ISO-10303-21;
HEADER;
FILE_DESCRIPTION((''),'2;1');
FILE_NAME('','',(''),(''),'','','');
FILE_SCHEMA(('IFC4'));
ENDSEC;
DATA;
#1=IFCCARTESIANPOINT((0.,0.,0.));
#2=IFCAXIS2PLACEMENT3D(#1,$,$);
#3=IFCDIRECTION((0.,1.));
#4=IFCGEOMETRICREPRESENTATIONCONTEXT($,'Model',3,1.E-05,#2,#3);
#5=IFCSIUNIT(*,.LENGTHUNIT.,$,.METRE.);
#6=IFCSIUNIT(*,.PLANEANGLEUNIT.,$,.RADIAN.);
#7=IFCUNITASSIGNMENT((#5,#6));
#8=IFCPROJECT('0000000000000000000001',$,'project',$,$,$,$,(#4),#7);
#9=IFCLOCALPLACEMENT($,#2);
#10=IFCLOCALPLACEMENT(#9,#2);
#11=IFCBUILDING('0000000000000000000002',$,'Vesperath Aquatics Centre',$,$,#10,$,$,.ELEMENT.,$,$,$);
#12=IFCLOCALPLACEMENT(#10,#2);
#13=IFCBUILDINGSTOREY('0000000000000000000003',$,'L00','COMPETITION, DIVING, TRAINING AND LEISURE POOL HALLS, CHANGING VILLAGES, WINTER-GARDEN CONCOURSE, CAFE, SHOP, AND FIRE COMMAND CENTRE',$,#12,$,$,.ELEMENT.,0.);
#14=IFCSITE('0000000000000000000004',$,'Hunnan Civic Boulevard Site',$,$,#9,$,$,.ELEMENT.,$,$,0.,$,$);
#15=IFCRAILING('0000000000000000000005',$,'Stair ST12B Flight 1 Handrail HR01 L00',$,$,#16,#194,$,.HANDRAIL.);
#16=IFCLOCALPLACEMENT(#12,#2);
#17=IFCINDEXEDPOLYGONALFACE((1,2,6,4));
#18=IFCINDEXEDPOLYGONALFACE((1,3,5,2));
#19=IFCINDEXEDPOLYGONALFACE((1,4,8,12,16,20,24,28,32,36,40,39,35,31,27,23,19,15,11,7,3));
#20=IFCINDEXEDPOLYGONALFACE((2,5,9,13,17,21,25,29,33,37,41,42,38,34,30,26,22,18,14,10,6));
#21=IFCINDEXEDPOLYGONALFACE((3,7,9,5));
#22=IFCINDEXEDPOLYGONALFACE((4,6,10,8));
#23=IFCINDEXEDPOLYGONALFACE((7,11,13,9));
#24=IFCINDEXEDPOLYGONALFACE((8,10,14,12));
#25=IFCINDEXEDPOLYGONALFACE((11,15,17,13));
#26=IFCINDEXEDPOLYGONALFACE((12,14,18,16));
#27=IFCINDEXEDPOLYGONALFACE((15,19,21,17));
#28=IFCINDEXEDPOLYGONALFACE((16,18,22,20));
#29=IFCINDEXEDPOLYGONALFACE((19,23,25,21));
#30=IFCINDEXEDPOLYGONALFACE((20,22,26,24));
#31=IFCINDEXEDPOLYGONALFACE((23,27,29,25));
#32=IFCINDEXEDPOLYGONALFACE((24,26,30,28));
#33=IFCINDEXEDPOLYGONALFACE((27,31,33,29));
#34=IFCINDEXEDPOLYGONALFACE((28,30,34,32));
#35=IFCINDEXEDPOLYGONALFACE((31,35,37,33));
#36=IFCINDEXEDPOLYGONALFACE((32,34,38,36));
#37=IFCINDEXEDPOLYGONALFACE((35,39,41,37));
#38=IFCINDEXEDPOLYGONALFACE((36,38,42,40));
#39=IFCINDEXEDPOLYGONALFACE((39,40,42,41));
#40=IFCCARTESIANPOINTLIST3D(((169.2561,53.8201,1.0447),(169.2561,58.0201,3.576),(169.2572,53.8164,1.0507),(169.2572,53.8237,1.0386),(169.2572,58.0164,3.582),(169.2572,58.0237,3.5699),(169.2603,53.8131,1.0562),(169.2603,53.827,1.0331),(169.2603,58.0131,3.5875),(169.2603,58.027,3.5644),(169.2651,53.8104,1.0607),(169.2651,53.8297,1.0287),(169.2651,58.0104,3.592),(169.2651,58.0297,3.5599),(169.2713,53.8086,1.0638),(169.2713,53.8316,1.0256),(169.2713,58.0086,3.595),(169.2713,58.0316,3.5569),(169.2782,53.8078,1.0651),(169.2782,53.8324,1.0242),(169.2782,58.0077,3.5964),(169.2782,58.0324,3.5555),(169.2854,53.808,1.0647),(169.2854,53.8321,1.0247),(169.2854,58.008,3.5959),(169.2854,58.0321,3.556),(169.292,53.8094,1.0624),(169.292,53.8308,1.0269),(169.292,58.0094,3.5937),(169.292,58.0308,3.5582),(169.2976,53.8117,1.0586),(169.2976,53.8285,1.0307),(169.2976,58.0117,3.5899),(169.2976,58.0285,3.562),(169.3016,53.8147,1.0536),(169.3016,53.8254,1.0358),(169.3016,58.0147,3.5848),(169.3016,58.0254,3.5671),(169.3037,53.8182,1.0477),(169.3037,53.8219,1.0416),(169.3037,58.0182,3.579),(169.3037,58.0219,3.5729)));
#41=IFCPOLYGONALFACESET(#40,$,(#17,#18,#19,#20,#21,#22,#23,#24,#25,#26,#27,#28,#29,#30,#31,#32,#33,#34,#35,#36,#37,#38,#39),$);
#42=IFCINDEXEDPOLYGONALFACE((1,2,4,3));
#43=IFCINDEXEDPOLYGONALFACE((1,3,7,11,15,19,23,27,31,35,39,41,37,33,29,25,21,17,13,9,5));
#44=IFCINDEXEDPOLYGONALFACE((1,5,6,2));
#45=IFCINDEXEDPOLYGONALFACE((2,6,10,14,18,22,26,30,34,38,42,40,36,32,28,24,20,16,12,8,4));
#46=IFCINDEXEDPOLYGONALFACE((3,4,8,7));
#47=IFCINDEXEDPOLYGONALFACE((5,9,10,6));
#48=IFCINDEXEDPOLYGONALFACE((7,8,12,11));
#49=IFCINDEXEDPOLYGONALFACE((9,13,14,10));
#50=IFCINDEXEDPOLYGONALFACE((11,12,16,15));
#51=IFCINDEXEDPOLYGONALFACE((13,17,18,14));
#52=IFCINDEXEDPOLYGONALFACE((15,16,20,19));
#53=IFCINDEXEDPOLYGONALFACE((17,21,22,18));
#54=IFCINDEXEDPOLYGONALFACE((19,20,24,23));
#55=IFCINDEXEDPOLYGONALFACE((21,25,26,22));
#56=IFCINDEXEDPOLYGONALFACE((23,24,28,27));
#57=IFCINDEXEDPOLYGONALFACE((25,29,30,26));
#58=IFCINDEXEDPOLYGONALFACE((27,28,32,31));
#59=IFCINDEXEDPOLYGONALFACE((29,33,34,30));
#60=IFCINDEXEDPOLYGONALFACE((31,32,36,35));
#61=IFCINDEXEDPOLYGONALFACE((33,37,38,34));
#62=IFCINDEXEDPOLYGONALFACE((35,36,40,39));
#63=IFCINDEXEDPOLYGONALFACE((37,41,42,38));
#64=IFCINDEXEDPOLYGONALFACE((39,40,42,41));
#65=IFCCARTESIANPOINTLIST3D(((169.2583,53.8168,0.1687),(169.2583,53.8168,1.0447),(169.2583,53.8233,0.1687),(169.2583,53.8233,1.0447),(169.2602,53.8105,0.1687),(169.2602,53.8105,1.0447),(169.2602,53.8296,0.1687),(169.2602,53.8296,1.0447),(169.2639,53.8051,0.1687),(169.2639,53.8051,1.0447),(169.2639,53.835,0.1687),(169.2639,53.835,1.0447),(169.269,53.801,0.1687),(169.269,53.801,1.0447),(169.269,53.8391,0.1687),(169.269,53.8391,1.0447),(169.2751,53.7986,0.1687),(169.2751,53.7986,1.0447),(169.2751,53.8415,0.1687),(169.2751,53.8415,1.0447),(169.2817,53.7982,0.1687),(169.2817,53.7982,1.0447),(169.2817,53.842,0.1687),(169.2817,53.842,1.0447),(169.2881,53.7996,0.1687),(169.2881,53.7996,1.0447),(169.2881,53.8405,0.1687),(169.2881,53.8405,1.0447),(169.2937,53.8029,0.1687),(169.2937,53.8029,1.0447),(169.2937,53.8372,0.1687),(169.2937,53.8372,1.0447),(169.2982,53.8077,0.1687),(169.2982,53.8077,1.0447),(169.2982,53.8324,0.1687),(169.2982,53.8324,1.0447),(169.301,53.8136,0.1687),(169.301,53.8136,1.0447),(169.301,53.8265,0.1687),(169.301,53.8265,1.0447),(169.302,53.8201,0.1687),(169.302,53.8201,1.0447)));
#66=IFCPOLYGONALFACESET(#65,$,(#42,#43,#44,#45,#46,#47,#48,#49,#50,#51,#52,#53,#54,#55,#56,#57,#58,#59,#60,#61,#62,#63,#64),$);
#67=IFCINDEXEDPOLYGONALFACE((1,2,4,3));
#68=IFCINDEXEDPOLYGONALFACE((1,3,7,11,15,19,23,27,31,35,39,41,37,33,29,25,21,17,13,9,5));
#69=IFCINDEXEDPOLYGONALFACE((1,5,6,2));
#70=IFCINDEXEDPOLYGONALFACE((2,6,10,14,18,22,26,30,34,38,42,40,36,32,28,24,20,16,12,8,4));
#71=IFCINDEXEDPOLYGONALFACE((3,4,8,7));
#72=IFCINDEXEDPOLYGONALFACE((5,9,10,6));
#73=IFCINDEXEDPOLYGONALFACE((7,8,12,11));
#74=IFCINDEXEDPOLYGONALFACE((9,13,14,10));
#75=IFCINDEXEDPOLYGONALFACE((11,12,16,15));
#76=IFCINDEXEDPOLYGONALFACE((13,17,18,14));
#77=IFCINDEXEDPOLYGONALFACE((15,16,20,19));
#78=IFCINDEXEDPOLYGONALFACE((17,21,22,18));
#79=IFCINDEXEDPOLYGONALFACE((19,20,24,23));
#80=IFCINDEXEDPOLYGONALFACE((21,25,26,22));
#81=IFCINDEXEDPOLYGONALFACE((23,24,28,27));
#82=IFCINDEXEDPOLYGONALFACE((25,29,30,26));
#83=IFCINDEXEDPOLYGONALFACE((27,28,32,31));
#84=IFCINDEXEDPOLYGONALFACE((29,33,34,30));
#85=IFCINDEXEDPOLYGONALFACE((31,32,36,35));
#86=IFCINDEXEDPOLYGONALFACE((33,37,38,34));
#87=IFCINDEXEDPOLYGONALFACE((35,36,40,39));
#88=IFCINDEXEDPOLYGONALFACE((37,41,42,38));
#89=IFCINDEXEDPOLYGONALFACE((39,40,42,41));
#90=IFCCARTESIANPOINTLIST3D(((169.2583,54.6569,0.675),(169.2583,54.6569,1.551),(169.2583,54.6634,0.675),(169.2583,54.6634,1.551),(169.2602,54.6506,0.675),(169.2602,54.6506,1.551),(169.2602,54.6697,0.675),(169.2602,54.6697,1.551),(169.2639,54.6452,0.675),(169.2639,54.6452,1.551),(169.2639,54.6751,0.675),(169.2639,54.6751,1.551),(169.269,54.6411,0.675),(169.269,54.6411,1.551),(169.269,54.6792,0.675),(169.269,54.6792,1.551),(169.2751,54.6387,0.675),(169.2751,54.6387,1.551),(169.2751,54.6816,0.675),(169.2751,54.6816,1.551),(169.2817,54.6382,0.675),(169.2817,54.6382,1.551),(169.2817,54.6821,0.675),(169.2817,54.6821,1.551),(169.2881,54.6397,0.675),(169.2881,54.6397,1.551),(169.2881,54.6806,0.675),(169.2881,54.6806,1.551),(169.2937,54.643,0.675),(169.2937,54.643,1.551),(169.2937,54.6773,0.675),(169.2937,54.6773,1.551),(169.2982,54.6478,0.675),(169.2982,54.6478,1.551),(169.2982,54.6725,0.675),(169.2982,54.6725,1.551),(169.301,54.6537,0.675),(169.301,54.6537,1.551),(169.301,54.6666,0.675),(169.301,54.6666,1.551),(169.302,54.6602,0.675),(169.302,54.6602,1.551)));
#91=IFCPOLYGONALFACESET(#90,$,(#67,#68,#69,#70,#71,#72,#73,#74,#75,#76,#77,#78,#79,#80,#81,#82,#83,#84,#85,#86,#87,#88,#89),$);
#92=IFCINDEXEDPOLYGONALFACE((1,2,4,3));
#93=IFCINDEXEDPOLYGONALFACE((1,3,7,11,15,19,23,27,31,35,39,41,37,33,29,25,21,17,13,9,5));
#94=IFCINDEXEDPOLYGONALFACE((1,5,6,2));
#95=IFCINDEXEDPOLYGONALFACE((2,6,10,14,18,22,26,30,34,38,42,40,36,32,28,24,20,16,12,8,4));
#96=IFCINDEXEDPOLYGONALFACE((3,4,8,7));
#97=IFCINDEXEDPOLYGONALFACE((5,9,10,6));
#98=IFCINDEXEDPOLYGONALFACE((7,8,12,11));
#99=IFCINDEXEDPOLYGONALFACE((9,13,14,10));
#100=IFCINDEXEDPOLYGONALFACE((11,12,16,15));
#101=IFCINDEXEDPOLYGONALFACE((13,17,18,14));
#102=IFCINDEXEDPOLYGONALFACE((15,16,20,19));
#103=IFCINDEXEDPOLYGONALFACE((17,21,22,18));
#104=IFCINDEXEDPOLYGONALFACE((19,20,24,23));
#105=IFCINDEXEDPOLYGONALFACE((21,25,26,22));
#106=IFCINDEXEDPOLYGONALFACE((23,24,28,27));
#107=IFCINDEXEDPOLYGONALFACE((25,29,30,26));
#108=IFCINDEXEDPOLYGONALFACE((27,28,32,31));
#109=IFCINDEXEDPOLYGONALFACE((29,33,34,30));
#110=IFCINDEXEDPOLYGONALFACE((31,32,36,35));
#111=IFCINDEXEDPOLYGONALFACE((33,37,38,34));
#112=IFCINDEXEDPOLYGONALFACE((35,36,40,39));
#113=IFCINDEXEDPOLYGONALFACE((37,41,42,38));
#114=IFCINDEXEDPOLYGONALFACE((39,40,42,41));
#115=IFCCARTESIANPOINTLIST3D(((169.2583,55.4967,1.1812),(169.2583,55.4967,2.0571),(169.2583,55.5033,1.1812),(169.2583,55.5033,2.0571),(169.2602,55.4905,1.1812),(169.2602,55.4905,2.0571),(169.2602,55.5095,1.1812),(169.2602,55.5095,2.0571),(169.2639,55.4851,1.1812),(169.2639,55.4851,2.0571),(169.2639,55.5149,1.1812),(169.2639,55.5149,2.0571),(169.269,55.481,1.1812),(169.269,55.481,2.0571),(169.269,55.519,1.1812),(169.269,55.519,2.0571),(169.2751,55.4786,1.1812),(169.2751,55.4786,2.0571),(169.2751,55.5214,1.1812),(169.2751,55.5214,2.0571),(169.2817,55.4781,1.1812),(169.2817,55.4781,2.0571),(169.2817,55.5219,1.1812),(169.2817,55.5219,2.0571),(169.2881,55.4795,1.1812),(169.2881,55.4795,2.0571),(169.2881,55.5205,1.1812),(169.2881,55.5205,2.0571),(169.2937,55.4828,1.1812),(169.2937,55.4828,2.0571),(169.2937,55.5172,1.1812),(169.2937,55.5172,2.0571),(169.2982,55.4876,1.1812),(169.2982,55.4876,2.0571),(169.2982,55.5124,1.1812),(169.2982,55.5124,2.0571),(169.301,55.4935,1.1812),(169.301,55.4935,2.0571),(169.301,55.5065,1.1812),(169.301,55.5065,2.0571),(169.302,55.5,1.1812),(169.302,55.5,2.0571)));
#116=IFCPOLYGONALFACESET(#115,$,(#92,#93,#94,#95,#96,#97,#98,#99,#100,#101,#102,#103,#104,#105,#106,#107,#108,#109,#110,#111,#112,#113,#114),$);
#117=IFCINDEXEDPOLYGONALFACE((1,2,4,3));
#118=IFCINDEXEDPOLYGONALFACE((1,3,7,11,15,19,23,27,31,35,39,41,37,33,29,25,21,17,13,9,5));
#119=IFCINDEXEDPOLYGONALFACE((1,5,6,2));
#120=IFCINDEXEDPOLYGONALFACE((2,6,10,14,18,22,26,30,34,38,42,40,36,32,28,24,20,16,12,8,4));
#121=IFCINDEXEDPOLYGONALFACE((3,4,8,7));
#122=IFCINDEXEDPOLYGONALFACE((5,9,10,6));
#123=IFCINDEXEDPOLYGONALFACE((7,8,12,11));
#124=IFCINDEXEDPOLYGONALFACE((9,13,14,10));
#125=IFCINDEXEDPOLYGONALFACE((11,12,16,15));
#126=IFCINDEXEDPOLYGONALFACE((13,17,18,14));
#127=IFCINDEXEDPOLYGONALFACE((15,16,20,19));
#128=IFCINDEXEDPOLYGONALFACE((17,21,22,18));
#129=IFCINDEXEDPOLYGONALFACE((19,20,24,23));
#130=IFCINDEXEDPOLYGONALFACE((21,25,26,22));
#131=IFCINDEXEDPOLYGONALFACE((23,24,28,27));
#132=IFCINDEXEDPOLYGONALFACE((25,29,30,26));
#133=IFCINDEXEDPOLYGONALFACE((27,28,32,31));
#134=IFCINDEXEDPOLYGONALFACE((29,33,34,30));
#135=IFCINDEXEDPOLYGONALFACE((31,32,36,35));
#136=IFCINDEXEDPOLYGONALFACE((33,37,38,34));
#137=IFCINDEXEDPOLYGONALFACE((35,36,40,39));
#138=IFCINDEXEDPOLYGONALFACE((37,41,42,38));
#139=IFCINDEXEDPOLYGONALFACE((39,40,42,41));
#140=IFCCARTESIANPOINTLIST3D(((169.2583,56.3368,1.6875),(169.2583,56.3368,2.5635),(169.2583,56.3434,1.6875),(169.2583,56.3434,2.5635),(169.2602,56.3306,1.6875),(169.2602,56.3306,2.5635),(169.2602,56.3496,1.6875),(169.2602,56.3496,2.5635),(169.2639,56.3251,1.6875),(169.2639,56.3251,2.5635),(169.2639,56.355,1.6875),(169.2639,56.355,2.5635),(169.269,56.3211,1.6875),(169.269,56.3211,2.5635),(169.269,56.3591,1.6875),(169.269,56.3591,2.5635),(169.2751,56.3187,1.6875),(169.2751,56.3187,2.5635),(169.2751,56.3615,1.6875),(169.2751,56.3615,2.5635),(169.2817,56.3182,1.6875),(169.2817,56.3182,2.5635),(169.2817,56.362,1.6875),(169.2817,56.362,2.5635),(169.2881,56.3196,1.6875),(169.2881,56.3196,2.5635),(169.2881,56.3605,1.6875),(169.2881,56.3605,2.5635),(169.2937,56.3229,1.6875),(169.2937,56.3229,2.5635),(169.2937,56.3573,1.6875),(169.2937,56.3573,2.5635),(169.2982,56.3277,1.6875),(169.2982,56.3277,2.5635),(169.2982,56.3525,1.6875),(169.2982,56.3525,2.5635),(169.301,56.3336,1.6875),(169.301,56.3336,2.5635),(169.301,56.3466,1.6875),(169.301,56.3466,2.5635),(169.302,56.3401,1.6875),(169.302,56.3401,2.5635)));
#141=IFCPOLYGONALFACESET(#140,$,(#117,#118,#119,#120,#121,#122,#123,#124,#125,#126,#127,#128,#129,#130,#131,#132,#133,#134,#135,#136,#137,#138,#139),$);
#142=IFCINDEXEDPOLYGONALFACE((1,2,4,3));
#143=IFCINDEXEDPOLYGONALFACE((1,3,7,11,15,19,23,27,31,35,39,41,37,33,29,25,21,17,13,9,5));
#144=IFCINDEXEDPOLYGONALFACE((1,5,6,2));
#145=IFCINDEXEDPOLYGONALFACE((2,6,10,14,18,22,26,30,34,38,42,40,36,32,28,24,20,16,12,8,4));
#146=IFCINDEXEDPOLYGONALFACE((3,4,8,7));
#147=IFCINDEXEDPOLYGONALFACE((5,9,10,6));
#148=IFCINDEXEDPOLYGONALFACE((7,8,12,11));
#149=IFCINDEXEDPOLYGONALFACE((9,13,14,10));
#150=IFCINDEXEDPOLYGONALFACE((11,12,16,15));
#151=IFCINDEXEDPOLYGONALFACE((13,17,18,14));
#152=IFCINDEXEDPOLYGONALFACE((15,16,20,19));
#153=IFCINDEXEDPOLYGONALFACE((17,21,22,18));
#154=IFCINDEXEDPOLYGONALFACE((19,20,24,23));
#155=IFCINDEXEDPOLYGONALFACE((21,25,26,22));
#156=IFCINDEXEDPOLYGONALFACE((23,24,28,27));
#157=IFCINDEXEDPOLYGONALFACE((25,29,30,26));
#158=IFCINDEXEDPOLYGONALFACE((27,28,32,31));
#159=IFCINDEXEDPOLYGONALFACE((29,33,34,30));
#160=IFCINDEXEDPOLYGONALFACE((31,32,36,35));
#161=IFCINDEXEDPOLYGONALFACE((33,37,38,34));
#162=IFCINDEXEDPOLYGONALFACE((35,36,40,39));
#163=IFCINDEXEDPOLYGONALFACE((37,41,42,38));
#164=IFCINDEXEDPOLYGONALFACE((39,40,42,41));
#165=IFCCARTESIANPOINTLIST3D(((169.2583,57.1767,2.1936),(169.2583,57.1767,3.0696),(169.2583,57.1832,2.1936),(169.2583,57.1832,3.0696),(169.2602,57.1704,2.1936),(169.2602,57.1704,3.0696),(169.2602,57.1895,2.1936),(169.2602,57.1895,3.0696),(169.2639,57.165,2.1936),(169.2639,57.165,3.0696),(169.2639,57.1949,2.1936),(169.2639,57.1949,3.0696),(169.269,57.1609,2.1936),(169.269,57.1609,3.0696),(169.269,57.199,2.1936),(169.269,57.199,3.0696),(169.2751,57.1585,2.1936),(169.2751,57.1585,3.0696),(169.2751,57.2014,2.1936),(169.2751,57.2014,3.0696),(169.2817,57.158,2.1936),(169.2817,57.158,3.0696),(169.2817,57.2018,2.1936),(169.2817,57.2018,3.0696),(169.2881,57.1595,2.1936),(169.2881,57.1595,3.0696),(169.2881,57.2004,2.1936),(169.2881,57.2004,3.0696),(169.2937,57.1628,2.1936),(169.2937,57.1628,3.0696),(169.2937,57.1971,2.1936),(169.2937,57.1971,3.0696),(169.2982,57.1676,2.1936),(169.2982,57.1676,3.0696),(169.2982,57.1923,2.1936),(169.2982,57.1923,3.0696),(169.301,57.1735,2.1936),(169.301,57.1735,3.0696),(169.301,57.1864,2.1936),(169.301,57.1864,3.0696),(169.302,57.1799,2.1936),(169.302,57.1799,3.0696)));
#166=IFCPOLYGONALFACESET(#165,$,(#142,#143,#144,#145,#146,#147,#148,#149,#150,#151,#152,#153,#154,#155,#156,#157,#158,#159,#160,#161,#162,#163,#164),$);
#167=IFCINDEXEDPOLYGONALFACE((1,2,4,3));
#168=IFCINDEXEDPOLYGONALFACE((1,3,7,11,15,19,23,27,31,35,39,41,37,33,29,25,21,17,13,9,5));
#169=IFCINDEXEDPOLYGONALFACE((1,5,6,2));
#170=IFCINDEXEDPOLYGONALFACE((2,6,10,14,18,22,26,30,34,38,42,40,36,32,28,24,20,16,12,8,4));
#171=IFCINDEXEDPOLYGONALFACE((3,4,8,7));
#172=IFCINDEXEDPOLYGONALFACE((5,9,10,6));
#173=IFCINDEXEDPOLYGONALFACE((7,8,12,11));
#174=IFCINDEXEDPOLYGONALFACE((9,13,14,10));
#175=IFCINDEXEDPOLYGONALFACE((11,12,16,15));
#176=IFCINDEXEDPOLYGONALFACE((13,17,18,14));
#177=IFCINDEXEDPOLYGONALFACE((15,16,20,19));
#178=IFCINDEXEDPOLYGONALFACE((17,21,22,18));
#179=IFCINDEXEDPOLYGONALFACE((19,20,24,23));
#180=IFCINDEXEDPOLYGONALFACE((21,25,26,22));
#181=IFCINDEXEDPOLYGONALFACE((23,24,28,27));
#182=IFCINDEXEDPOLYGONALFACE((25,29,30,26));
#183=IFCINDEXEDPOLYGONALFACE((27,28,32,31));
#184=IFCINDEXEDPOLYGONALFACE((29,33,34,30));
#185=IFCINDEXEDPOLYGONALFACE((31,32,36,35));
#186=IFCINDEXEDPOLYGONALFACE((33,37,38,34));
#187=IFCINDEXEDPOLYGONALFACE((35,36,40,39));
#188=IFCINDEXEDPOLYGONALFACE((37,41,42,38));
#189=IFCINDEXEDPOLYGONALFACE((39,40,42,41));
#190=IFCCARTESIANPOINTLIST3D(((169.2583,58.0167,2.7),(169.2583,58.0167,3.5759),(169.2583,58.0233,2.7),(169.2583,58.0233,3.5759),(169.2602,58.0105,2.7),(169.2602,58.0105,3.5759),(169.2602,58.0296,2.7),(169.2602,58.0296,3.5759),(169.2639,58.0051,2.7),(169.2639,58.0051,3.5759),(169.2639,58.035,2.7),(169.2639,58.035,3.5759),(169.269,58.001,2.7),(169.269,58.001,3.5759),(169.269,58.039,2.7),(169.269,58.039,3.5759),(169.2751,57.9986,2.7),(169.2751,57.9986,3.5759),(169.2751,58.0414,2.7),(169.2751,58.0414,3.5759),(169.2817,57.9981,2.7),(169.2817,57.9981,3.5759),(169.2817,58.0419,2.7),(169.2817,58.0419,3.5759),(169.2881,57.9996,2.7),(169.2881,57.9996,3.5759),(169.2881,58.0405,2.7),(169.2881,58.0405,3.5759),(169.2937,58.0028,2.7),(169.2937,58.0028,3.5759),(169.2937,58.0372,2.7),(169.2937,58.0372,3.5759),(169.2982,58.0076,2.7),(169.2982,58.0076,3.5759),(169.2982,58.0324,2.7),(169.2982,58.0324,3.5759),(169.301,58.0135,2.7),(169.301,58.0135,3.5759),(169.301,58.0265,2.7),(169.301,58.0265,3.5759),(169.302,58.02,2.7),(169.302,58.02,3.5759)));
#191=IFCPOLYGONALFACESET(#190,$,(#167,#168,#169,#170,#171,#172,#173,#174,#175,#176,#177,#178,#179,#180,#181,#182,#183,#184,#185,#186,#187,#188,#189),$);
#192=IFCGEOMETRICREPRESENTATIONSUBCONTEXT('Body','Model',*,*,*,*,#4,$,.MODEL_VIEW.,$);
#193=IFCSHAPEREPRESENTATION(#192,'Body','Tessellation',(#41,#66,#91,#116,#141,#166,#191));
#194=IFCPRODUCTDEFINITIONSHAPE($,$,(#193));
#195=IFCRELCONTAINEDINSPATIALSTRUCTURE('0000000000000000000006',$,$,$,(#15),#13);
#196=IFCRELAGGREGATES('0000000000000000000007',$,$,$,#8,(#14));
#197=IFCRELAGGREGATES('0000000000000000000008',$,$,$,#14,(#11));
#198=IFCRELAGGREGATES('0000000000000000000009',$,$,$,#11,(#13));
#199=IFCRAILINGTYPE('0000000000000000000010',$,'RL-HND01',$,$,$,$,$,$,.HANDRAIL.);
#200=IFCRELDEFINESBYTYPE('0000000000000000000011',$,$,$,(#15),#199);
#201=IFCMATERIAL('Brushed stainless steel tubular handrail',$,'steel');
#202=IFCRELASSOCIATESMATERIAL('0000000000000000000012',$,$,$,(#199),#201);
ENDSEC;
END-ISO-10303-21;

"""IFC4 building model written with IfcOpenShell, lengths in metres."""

from ifc_helpers import new_model, si_unit, direction, frame, origin, origin_2d, place, context, subcontext, project, spatial, circle, extrude, material, type_object, element, save


model = new_model("IFC4")

# Units and contexts
model_context = context("Model", 3, precision=1e-05, world=origin(), true_north=direction((0.0, 1.0)))
body_context = subcontext(model_context, "Body", "Model", "MODEL_VIEW")
ifc_project = project(units=[si_unit("LENGTHUNIT", "METRE"), si_unit("PLANEANGLEUNIT", "RADIAN")], contexts=[model_context])

# Site, building, storey
site_placement = place(None, origin())
site = spatial("IfcSite", under=ifc_project, at=site_placement, Name="Hunnan Civic Boulevard Site", CompositionType="ELEMENT", RefElevation=0.0)
building_placement = place(site_placement, origin())
building = spatial("IfcBuilding", under=site, at=building_placement, Name="Vesperath Aquatics Centre", CompositionType="ELEMENT")
storey_placement = place(building_placement, origin())
storey = spatial("IfcBuildingStorey", under=building, at=storey_placement, Name="L00", Description="COMPETITION, DIVING, TRAINING AND LEISURE POOL HALLS, CHANGING VILLAGES, WINTER-GARDEN CONCOURSE, CAFE, SHOP, AND FIRE COMMAND CENTRE", CompositionType="ELEMENT", Elevation=0.0)

# Railing
ifc_material_1 = material(Name="Brushed stainless steel tubular handrail", Category="steel")
railing_type_1 = type_object("IfcRailingType", Name="RL-HND01", PredefinedType="HANDRAIL", material=ifc_material_1)
railing_1_placement = place(storey_placement, frame((169.28, 53.8201, 0.1687)))
element("IfcRailing", 1, at=railing_1_placement, inside=storey, type_object=railing_type_1, Name="Stair ST12B Flight 1 Handrail HR01 L00", PredefinedType="HANDRAIL", context=body_context, shape_type="SweptSolid", body=[
    extrude(circle(Radius=0.0239, at=origin_2d()), frame((0.0, 0.0, 0.876), z_axis=(0.0, 0.856476, 0.516186), x_axis=(-1.0, 0.0, 0.0)), (0.0, 0.0, 1.0), 4.9038),
    extrude(circle(Radius=0.022, at=origin_2d()), origin(), (0.0, 0.0, 1.0), 0.876),
    extrude(circle(Radius=0.022, at=origin_2d()), frame((0.0, 0.8401, 0.5063)), (0.0, 0.0, 1.0), 0.876),
    extrude(circle(Radius=0.022, at=origin_2d()), frame((0.0, 1.6799, 1.0125)), (0.0, 0.0, 1.0), 0.876),
    extrude(circle(Radius=0.022, at=origin_2d()), frame((0.0, 2.52, 1.5188)), (0.0, 0.0, 1.0), 0.876),
    extrude(circle(Radius=0.022, at=origin_2d()), frame((0.0, 3.3599, 2.0249)), (0.0, 0.0, 1.0), 0.876),
    extrude(circle(Radius=0.022, at=origin_2d()), frame((0.0, 4.2, 2.5312)), (0.0, 0.0, 1.0), 0.876),
])

save(model, "model.ifc")
